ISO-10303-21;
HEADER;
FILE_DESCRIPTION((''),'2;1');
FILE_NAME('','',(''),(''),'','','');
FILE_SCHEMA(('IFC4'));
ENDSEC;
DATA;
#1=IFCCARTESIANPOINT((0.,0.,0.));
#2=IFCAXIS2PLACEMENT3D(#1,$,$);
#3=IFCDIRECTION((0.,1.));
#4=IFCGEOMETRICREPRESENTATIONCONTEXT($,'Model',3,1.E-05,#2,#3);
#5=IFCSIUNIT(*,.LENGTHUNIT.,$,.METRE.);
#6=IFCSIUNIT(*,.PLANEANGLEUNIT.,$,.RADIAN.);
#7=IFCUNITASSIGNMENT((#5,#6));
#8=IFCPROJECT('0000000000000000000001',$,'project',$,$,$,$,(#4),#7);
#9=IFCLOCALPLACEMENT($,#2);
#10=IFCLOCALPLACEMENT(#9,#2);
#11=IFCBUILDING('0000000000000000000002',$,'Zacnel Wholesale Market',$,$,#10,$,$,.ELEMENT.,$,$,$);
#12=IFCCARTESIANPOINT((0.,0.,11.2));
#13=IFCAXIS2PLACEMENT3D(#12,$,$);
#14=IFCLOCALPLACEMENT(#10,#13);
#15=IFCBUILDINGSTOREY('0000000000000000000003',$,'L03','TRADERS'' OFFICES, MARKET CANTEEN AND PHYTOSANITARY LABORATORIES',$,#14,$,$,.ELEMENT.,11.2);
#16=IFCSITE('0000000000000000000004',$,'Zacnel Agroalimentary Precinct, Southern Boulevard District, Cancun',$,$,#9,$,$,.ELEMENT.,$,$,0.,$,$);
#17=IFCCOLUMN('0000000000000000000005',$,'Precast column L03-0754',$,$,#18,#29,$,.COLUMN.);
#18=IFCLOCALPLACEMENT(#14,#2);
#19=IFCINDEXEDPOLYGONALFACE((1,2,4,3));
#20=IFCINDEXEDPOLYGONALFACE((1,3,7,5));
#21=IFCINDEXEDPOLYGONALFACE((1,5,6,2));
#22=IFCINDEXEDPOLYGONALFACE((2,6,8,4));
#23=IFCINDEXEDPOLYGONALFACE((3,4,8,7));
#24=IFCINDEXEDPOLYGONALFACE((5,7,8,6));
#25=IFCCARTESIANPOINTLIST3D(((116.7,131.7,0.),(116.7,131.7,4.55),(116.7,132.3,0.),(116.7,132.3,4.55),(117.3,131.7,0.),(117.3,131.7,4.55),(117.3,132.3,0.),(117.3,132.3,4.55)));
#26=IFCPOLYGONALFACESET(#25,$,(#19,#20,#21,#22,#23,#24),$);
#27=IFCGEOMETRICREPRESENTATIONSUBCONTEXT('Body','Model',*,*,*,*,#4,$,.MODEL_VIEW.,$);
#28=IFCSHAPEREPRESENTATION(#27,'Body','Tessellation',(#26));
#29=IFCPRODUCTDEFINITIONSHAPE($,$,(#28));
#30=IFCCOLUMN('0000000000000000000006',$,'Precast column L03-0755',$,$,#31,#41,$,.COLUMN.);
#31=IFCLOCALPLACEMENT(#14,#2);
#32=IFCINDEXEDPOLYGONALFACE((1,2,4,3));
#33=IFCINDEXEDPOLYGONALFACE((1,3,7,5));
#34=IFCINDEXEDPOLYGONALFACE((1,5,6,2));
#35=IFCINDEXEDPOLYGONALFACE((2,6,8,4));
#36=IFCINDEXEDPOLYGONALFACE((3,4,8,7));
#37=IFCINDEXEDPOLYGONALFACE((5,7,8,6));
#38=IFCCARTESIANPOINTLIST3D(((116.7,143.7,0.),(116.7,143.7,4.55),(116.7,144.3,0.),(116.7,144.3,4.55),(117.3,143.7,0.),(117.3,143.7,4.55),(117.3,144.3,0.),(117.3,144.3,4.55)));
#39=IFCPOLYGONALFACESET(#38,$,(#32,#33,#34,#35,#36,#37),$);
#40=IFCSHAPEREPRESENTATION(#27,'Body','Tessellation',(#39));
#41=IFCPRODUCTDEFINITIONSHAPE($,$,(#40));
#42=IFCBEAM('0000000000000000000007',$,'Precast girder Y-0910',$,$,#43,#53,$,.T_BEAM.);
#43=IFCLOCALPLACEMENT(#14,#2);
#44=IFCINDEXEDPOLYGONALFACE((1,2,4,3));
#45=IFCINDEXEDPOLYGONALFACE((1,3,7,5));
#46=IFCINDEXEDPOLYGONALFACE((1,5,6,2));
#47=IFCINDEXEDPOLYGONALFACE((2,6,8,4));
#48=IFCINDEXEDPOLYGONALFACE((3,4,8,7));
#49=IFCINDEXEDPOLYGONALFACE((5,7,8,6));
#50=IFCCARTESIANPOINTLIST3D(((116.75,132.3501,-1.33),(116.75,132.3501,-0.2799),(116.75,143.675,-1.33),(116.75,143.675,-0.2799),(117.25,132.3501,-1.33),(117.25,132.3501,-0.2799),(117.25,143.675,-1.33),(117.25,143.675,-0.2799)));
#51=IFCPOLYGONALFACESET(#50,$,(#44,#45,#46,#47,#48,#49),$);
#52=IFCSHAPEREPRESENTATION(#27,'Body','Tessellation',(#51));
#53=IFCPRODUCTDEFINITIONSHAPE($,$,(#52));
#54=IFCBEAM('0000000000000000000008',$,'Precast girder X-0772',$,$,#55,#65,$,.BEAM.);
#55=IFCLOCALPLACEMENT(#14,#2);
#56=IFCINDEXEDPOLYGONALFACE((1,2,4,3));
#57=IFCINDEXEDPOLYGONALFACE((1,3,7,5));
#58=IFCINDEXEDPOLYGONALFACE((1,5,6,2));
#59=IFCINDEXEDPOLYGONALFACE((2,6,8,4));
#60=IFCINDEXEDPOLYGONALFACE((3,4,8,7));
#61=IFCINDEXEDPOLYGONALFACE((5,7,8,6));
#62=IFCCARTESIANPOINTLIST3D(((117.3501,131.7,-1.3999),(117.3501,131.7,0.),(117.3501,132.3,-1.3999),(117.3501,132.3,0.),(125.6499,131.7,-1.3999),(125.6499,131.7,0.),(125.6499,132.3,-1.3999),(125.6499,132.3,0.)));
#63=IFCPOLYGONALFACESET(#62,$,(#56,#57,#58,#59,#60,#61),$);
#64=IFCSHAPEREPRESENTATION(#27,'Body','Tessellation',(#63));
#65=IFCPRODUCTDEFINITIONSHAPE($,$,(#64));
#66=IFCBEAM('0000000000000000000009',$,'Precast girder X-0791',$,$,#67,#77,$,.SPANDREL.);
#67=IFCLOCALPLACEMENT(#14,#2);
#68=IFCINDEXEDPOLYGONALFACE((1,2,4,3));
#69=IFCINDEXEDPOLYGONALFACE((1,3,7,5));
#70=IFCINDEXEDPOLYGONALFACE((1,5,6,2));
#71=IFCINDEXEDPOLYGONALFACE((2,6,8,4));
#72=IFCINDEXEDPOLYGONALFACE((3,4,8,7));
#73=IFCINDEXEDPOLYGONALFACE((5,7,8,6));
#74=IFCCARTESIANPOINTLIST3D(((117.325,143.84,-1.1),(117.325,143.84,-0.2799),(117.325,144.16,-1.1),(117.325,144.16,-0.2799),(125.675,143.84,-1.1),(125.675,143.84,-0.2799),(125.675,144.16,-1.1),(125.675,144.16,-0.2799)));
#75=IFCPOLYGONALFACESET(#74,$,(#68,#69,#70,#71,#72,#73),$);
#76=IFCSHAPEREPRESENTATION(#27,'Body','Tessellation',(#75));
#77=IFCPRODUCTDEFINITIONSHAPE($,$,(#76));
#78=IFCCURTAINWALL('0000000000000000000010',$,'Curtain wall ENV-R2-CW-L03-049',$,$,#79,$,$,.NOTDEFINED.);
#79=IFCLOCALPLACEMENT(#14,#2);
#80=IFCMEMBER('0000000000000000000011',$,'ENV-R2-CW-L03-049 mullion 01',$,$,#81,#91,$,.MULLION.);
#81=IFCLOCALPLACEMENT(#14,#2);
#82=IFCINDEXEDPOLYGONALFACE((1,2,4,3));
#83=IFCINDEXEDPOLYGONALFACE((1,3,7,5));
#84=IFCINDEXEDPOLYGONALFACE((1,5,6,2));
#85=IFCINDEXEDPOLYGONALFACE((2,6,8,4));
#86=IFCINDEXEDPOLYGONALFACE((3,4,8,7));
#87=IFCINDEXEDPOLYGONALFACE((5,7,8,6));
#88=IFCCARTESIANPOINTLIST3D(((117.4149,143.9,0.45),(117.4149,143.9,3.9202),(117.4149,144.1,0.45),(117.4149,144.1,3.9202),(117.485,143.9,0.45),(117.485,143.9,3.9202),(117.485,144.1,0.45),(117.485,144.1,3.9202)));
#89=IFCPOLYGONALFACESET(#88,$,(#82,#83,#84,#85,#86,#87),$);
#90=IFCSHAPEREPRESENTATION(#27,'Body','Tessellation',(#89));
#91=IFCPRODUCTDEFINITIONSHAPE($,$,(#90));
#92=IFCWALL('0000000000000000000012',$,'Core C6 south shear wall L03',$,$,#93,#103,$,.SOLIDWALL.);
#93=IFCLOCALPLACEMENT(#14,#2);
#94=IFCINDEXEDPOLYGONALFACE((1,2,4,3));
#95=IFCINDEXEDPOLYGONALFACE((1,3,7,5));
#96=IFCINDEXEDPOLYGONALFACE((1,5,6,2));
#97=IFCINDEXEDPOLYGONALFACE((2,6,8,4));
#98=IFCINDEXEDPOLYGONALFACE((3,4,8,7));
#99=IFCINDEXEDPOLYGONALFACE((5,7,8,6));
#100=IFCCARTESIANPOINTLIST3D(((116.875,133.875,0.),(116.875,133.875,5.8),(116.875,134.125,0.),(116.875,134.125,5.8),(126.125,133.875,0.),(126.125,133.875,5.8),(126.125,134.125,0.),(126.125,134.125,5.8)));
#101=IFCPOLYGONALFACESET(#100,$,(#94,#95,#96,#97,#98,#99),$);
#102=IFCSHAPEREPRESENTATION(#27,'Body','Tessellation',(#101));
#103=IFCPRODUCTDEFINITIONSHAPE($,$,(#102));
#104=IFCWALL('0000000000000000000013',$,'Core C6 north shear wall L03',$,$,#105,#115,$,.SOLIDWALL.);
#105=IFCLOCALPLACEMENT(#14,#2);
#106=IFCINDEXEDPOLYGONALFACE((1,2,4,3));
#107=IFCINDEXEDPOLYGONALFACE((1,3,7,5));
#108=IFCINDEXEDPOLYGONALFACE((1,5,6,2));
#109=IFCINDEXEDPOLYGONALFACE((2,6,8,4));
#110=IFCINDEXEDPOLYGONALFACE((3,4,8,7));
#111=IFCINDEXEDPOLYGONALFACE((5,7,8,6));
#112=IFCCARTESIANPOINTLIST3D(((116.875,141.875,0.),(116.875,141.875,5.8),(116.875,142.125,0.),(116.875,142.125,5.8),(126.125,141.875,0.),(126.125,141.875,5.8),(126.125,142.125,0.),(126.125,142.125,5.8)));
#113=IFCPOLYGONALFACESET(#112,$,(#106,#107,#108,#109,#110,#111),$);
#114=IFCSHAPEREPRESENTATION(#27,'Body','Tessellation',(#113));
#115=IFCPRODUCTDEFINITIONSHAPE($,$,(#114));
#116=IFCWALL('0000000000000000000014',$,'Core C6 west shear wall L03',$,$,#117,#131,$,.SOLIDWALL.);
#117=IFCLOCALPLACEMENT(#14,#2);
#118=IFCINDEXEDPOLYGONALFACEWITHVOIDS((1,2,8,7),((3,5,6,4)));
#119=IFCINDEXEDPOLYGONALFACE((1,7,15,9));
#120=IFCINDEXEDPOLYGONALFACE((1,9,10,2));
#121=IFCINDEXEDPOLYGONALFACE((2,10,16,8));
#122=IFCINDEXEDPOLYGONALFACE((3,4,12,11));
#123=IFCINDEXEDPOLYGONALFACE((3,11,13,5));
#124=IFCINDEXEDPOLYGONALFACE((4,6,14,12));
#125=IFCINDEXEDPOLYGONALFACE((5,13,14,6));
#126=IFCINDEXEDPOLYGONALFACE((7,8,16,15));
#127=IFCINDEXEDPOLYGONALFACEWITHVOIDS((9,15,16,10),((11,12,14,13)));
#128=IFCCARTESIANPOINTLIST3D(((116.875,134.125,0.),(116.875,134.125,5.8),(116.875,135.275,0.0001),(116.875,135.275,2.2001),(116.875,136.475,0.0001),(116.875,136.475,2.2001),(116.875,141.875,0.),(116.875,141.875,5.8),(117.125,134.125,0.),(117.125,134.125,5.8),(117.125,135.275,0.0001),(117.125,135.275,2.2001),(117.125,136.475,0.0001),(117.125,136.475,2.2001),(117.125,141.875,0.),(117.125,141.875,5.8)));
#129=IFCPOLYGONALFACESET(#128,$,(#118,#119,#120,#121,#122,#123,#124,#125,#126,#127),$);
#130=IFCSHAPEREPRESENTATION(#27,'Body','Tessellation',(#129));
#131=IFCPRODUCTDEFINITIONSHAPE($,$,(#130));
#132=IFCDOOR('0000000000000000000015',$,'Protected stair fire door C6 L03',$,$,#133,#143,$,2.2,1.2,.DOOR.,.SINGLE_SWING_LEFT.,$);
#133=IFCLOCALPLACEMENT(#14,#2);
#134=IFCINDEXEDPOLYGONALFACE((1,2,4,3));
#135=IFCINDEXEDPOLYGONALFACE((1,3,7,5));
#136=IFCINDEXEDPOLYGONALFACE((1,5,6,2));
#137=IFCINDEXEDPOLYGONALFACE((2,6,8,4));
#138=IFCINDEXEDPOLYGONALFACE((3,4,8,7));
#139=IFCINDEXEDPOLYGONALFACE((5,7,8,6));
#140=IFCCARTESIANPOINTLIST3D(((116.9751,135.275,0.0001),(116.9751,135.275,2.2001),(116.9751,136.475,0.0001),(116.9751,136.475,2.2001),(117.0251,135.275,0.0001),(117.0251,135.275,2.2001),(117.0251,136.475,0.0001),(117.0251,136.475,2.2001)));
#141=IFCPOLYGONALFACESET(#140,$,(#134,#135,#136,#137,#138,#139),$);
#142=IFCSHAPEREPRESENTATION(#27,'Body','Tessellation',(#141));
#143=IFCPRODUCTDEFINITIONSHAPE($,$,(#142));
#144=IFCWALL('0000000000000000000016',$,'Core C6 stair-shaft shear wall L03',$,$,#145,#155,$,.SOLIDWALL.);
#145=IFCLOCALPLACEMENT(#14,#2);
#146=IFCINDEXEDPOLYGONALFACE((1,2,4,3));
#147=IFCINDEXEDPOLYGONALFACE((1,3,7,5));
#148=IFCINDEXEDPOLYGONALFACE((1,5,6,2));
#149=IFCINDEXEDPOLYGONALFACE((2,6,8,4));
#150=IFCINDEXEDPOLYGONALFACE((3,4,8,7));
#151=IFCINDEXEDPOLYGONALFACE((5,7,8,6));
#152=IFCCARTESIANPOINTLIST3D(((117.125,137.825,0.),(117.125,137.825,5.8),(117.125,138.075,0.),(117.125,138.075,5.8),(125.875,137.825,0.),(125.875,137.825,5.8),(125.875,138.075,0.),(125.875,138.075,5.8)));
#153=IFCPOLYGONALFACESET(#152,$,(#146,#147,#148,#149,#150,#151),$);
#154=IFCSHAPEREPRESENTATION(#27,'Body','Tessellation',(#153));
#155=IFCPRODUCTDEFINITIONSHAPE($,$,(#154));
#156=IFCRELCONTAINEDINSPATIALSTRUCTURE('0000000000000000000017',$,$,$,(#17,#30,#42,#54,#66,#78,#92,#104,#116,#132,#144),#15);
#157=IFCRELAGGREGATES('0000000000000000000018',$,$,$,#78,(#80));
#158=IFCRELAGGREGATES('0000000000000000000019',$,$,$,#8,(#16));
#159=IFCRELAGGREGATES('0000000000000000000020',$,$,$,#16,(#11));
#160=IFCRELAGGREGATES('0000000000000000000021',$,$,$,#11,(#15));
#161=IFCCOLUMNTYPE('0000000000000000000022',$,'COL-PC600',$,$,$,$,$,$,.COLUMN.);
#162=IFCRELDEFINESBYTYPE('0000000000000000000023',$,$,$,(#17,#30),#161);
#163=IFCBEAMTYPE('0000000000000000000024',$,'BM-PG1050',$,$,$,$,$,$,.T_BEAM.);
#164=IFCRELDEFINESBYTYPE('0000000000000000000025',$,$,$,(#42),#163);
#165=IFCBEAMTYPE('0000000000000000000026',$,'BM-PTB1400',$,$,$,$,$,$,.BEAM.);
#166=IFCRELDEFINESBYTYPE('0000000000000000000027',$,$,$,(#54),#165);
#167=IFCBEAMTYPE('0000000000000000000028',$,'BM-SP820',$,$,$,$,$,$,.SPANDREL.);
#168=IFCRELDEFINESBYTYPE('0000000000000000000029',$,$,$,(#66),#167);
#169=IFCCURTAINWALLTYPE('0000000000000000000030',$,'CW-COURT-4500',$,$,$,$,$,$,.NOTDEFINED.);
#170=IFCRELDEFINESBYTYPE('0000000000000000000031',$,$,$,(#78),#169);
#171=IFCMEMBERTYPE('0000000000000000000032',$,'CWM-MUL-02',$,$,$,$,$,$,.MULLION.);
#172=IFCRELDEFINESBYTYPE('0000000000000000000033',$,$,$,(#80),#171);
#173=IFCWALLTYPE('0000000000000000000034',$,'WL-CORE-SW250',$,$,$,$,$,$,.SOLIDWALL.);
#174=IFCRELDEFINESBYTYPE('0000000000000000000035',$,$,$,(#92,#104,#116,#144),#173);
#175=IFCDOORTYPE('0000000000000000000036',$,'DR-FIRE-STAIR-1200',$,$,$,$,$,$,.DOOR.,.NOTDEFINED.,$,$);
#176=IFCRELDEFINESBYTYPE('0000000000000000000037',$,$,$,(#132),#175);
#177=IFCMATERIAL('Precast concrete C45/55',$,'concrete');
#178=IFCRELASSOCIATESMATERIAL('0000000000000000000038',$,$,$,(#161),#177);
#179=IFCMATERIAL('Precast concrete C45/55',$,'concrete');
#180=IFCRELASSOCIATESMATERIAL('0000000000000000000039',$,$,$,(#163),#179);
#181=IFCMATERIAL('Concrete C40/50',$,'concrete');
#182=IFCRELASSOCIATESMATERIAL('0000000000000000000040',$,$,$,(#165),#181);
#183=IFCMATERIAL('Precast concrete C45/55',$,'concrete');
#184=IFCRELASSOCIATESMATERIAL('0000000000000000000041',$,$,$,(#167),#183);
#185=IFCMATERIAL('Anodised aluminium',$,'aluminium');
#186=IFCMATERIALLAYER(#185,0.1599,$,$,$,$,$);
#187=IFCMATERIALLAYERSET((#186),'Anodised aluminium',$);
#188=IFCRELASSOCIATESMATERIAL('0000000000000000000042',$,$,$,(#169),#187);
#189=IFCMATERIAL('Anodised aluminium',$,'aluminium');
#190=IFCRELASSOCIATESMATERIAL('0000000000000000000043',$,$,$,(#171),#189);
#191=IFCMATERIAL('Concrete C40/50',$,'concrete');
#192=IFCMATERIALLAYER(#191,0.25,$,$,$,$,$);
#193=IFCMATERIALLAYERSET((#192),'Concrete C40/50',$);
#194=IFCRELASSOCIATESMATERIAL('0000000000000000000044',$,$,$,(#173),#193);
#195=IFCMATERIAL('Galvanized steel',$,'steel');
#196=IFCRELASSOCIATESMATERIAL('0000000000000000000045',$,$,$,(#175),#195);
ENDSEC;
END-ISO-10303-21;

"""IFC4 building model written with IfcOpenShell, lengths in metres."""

from ifc_helpers import new_model, si_unit, direction, frame, frame_2d, origin, origin_2d, place, context, subcontext, project, spatial, rectangle, extrude, material, layer, layer_set, material_profile, profile_set, type_object, element, fill, aggregate, save


model = new_model("IFC4")

# Units and contexts
model_context = context("Model", 3, precision=1e-05, world=origin(), true_north=direction((0.0, 1.0)))
body_context = subcontext(model_context, "Body", "Model", "MODEL_VIEW")
ifc_project = project(units=[si_unit("LENGTHUNIT", "METRE"), si_unit("PLANEANGLEUNIT", "RADIAN")], contexts=[model_context])

# Site, building, storey
site_placement = place(None, origin())
site = spatial("IfcSite", under=ifc_project, at=site_placement, Name="Zacnel Agroalimentary Precinct, Southern Boulevard District, Cancun", CompositionType="ELEMENT", RefElevation=0.0)
building_placement = place(site_placement, origin())
building = spatial("IfcBuilding", under=site, at=building_placement, Name="Zacnel Wholesale Market", CompositionType="ELEMENT")
storey_placement = place(building_placement, frame((0.0, 0.0, 11.2)))
storey = spatial("IfcBuildingStorey", under=building, at=storey_placement, Name="L03", Description="TRADERS' OFFICES, MARKET CANTEEN AND PHYTOSANITARY LABORATORIES", CompositionType="ELEMENT", Elevation=11.2)

# Columns
ifc_material_1 = material(Name="Precast concrete C45/55", Category="concrete")
ifc_material_profile_1 = material_profile(ifc_material_1, rectangle(XDim=0.6001, YDim=0.6001, at=origin_2d()), Name="PC 600x600")
ifc_profile_set_1 = profile_set([ifc_material_profile_1], Name="Precast concrete C45/55")
column_type = type_object("IfcColumnType", Name="COL-PC600", PredefinedType="COLUMN", material=ifc_profile_set_1)
for number, where, z_axis, x_axis, name in (
    (1, (117.0, 132.0, 0.0), (0.0, 0.0, 1.0), (1.0, 0.0, 0.0), "Precast column L03-0754"),
    (2, (117.0, 144.0, 0.0), (0.0, 0.0, 1.0), (1.0, 0.0, 0.0), "Precast column L03-0755"),
):
    element("IfcColumn", number, at=place(storey_placement, frame(where, z_axis=z_axis, x_axis=x_axis)), inside=storey, type_object=column_type, Name=name, PredefinedType="COLUMN", context=body_context, shape_type="SweptSolid", body=[
        extrude(rectangle(XDim=0.6001, YDim=0.6001, at=origin_2d()), origin(), (0.0, 0.0, 1.0), 4.55),
    ])

# Beams
ifc_material_2 = material(Name="Precast concrete C45/55", Category="concrete")
ifc_material_profile_2 = material_profile(ifc_material_2, rectangle(XDim=0.5, YDim=1.05, at=origin_2d()), Name="PG 500x1050")
ifc_profile_set_2 = profile_set([ifc_material_profile_2], Name="Precast concrete C45/55")
beam_type_1 = type_object("IfcBeamType", Name="BM-PG1050", PredefinedType="T_BEAM", material=ifc_profile_set_2)
beam_1_placement = place(storey_placement, frame((117.0, 132.3501, -0.8049), z_axis=(0.0, 1.0, 0.0), x_axis=(-1.0, 0.0, 0.0)))
element("IfcBeam", 3, at=beam_1_placement, inside=storey, type_object=beam_type_1, Name="Precast girder Y-0910", PredefinedType="T_BEAM", context=body_context, shape_type="SweptSolid", body=[
    extrude(rectangle(XDim=0.5, YDim=1.05, at=origin_2d()), origin(), (0.0, 0.0, 1.0), 11.325),
])
ifc_material_3 = material(Name="Concrete C40/50", Category="concrete")
ifc_material_profile_3 = material_profile(ifc_material_3, rectangle(XDim=0.6001, YDim=1.3999, at=origin_2d()), Name="PTB 600x1400")
ifc_profile_set_3 = profile_set([ifc_material_profile_3], Name="Concrete C40/50")
beam_type_2 = type_object("IfcBeamType", Name="BM-PTB1400", PredefinedType="BEAM", material=ifc_profile_set_3)
beam_2_placement = place(storey_placement, frame((117.3501, 132.0, -0.7), z_axis=(1.0, 0.0, 0.0), x_axis=(0.0, 1.0, 0.0)))
element("IfcBeam", 4, at=beam_2_placement, inside=storey, type_object=beam_type_2, Name="Precast girder X-0772", PredefinedType="BEAM", context=body_context, shape_type="SweptSolid", body=[
    extrude(rectangle(XDim=0.6001, YDim=1.3999, at=origin_2d()), origin(), (0.0, 0.0, 1.0), 8.2998),
])
ifc_material_4 = material(Name="Precast concrete C45/55", Category="concrete")
ifc_material_profile_4 = material_profile(ifc_material_4, rectangle(XDim=0.3201, YDim=0.8201, at=origin_2d()), Name="SP 320x820")
ifc_profile_set_4 = profile_set([ifc_material_profile_4], Name="Precast concrete C45/55")
beam_type_3 = type_object("IfcBeamType", Name="BM-SP820", PredefinedType="SPANDREL", material=ifc_profile_set_4)
beam_3_placement = place(storey_placement, frame((117.325, 144.0, -0.6899), z_axis=(1.0, 0.0, 0.0), x_axis=(0.0, 1.0, 0.0)))
element("IfcBeam", 5, at=beam_3_placement, inside=storey, type_object=beam_type_3, Name="Precast girder X-0791", PredefinedType="SPANDREL", context=body_context, shape_type="SweptSolid", body=[
    extrude(rectangle(XDim=0.3201, YDim=0.8201, at=origin_2d()), origin(), (0.0, 0.0, 1.0), 8.3501),
])

# Curtain wall, member
ifc_material_5 = material(Name="Anodised aluminium", Category="aluminium")
ifc_layer_1 = layer(ifc_material_5, 0.1599)
ifc_layer_set_1 = layer_set([ifc_layer_1], Name="Anodised aluminium")
curtain_wall_type = type_object("IfcCurtainWallType", Name="CW-COURT-4500", PredefinedType="NOTDEFINED", material=ifc_layer_set_1)
curtain_wall_placement = place(storey_placement, origin())
curtain_wall = element("IfcCurtainWall", 6, at=curtain_wall_placement, inside=storey, type_object=curtain_wall_type, Name="Curtain wall ENV-R2-CW-L03-049", PredefinedType="NOTDEFINED")
ifc_material_6 = material(Name="Anodised aluminium", Category="aluminium")
ifc_material_profile_5 = material_profile(ifc_material_6, rectangle(XDim=0.0701, YDim=0.2, at=origin_2d()), Name="AW-MULLION 70x200")
ifc_profile_set_5 = profile_set([ifc_material_profile_5], Name="Anodised aluminium")
member_type = type_object("IfcMemberType", Name="CWM-MUL-02", PredefinedType="MULLION", material=ifc_profile_set_5)
member_placement = place(storey_placement, frame((117.45, 144.0, 0.45), z_axis=(0.0, 0.0, 1.0), x_axis=(1.0, 0.0, 0.0)))
member = element("IfcMember", 7, at=member_placement, type_object=member_type, Name="ENV-R2-CW-L03-049 mullion 01", PredefinedType="MULLION", context=body_context, shape_type="SweptSolid", body=[
    extrude(rectangle(XDim=0.0701, YDim=0.2, at=origin_2d()), origin(), (0.0, 0.0, 1.0), 3.4702),
])
aggregate(curtain_wall, [member])

# Walls
ifc_material_7 = material(Name="Concrete C40/50", Category="concrete")
ifc_layer_2 = layer(ifc_material_7, 0.25)
ifc_layer_set_2 = layer_set([ifc_layer_2], Name="Concrete C40/50")
wall_type_1 = type_object("IfcWallType", Name="WL-CORE-SW250", PredefinedType="SOLIDWALL", material=ifc_layer_set_2)
for number, where, z_axis, x_axis, name in (
    (8, (116.875, 134.0, 0.0), (0.0, 0.0, 1.0), (1.0, 0.0, 0.0), "Core C6 south shear wall L03"),
    (9, (116.875, 142.0, 0.0), (0.0, 0.0, 1.0), (1.0, 0.0, 0.0), "Core C6 north shear wall L03"),
):
    element("IfcWall", number, at=place(storey_placement, frame(where, z_axis=z_axis, x_axis=x_axis)), inside=storey, type_object=wall_type_1, Name=name, PredefinedType="SOLIDWALL", context=body_context, shape_type="SweptSolid", body=[
        extrude(rectangle(XDim=9.25, YDim=0.25, at=frame_2d((4.625, 0.0))), origin(), (0.0, 0.0, 1.0), 5.8),
    ])

# Wall, opening, door
wall_1_placement = place(storey_placement, frame((117.0, 134.125, 0.0), z_axis=(0.0, 0.0, 1.0), x_axis=(0.0, 1.0, 0.0)))
wall_1 = element("IfcWall", 10, at=wall_1_placement, inside=storey, type_object=wall_type_1, Name="Core C6 west shear wall L03", PredefinedType="SOLIDWALL", context=body_context, shape_type="SweptSolid", body=[
    extrude(rectangle(XDim=7.75, YDim=0.25, at=frame_2d((3.875, 0.0))), origin(), (0.0, 0.0, 1.0), 5.8),
])
opening_1_placement = place(wall_1_placement, frame((1.1499, 0.0, 0.0)))
opening_1 = element("IfcOpeningElement", 11, at=opening_1_placement, cuts=wall_1, PredefinedType="OPENING", context=body_context, shape_type="SweptSolid", body=[
    extrude(rectangle(XDim=1.2, YDim=2.2, at=frame_2d((0.6001, 1.1001))), frame((0.0, 0.135, 0.0), z_axis=(0.0, -1.0, 0.0), x_axis=(1.0, 0.0, 0.0)), (0.0, 0.0, 1.0), 0.27),
])
ifc_material_8 = material(Name="Galvanized steel", Category="steel")
door_type = type_object("IfcDoorType", Name="DR-FIRE-STAIR-1200", OperationType="NOTDEFINED", PredefinedType="DOOR", material=ifc_material_8)
door_placement = place(opening_1_placement, origin())
door = element("IfcDoor", 12, at=door_placement, inside=storey, type_object=door_type, Name="Protected stair fire door C6 L03", OperationType="SINGLE_SWING_LEFT", OverallHeight=2.2, OverallWidth=1.2, PredefinedType="DOOR", context=body_context, shape_type="SweptSolid", body=[
    extrude(rectangle(XDim=1.2, YDim=2.2, at=frame_2d((0.6001, 1.1001))), frame((0.0, 0.0249, 0.0), z_axis=(0.0, -1.0, 0.0), x_axis=(1.0, 0.0, 0.0)), (0.0, 0.0, 1.0), 0.05),
])
fill(opening_1, door)

# Wall
wall_2_placement = place(storey_placement, frame((117.125, 137.95, 0.0), z_axis=(0.0, 0.0, 1.0), x_axis=(1.0, 0.0, 0.0)))
element("IfcWall", 13, at=wall_2_placement, inside=storey, type_object=wall_type_1, Name="Core C6 stair-shaft shear wall L03", PredefinedType="SOLIDWALL", context=body_context, shape_type="SweptSolid", body=[
    extrude(rectangle(XDim=8.75, YDim=0.25, at=frame_2d((4.375, 0.0))), origin(), (0.0, 0.0, 1.0), 5.8),
])

save(model, "model.ifc")
